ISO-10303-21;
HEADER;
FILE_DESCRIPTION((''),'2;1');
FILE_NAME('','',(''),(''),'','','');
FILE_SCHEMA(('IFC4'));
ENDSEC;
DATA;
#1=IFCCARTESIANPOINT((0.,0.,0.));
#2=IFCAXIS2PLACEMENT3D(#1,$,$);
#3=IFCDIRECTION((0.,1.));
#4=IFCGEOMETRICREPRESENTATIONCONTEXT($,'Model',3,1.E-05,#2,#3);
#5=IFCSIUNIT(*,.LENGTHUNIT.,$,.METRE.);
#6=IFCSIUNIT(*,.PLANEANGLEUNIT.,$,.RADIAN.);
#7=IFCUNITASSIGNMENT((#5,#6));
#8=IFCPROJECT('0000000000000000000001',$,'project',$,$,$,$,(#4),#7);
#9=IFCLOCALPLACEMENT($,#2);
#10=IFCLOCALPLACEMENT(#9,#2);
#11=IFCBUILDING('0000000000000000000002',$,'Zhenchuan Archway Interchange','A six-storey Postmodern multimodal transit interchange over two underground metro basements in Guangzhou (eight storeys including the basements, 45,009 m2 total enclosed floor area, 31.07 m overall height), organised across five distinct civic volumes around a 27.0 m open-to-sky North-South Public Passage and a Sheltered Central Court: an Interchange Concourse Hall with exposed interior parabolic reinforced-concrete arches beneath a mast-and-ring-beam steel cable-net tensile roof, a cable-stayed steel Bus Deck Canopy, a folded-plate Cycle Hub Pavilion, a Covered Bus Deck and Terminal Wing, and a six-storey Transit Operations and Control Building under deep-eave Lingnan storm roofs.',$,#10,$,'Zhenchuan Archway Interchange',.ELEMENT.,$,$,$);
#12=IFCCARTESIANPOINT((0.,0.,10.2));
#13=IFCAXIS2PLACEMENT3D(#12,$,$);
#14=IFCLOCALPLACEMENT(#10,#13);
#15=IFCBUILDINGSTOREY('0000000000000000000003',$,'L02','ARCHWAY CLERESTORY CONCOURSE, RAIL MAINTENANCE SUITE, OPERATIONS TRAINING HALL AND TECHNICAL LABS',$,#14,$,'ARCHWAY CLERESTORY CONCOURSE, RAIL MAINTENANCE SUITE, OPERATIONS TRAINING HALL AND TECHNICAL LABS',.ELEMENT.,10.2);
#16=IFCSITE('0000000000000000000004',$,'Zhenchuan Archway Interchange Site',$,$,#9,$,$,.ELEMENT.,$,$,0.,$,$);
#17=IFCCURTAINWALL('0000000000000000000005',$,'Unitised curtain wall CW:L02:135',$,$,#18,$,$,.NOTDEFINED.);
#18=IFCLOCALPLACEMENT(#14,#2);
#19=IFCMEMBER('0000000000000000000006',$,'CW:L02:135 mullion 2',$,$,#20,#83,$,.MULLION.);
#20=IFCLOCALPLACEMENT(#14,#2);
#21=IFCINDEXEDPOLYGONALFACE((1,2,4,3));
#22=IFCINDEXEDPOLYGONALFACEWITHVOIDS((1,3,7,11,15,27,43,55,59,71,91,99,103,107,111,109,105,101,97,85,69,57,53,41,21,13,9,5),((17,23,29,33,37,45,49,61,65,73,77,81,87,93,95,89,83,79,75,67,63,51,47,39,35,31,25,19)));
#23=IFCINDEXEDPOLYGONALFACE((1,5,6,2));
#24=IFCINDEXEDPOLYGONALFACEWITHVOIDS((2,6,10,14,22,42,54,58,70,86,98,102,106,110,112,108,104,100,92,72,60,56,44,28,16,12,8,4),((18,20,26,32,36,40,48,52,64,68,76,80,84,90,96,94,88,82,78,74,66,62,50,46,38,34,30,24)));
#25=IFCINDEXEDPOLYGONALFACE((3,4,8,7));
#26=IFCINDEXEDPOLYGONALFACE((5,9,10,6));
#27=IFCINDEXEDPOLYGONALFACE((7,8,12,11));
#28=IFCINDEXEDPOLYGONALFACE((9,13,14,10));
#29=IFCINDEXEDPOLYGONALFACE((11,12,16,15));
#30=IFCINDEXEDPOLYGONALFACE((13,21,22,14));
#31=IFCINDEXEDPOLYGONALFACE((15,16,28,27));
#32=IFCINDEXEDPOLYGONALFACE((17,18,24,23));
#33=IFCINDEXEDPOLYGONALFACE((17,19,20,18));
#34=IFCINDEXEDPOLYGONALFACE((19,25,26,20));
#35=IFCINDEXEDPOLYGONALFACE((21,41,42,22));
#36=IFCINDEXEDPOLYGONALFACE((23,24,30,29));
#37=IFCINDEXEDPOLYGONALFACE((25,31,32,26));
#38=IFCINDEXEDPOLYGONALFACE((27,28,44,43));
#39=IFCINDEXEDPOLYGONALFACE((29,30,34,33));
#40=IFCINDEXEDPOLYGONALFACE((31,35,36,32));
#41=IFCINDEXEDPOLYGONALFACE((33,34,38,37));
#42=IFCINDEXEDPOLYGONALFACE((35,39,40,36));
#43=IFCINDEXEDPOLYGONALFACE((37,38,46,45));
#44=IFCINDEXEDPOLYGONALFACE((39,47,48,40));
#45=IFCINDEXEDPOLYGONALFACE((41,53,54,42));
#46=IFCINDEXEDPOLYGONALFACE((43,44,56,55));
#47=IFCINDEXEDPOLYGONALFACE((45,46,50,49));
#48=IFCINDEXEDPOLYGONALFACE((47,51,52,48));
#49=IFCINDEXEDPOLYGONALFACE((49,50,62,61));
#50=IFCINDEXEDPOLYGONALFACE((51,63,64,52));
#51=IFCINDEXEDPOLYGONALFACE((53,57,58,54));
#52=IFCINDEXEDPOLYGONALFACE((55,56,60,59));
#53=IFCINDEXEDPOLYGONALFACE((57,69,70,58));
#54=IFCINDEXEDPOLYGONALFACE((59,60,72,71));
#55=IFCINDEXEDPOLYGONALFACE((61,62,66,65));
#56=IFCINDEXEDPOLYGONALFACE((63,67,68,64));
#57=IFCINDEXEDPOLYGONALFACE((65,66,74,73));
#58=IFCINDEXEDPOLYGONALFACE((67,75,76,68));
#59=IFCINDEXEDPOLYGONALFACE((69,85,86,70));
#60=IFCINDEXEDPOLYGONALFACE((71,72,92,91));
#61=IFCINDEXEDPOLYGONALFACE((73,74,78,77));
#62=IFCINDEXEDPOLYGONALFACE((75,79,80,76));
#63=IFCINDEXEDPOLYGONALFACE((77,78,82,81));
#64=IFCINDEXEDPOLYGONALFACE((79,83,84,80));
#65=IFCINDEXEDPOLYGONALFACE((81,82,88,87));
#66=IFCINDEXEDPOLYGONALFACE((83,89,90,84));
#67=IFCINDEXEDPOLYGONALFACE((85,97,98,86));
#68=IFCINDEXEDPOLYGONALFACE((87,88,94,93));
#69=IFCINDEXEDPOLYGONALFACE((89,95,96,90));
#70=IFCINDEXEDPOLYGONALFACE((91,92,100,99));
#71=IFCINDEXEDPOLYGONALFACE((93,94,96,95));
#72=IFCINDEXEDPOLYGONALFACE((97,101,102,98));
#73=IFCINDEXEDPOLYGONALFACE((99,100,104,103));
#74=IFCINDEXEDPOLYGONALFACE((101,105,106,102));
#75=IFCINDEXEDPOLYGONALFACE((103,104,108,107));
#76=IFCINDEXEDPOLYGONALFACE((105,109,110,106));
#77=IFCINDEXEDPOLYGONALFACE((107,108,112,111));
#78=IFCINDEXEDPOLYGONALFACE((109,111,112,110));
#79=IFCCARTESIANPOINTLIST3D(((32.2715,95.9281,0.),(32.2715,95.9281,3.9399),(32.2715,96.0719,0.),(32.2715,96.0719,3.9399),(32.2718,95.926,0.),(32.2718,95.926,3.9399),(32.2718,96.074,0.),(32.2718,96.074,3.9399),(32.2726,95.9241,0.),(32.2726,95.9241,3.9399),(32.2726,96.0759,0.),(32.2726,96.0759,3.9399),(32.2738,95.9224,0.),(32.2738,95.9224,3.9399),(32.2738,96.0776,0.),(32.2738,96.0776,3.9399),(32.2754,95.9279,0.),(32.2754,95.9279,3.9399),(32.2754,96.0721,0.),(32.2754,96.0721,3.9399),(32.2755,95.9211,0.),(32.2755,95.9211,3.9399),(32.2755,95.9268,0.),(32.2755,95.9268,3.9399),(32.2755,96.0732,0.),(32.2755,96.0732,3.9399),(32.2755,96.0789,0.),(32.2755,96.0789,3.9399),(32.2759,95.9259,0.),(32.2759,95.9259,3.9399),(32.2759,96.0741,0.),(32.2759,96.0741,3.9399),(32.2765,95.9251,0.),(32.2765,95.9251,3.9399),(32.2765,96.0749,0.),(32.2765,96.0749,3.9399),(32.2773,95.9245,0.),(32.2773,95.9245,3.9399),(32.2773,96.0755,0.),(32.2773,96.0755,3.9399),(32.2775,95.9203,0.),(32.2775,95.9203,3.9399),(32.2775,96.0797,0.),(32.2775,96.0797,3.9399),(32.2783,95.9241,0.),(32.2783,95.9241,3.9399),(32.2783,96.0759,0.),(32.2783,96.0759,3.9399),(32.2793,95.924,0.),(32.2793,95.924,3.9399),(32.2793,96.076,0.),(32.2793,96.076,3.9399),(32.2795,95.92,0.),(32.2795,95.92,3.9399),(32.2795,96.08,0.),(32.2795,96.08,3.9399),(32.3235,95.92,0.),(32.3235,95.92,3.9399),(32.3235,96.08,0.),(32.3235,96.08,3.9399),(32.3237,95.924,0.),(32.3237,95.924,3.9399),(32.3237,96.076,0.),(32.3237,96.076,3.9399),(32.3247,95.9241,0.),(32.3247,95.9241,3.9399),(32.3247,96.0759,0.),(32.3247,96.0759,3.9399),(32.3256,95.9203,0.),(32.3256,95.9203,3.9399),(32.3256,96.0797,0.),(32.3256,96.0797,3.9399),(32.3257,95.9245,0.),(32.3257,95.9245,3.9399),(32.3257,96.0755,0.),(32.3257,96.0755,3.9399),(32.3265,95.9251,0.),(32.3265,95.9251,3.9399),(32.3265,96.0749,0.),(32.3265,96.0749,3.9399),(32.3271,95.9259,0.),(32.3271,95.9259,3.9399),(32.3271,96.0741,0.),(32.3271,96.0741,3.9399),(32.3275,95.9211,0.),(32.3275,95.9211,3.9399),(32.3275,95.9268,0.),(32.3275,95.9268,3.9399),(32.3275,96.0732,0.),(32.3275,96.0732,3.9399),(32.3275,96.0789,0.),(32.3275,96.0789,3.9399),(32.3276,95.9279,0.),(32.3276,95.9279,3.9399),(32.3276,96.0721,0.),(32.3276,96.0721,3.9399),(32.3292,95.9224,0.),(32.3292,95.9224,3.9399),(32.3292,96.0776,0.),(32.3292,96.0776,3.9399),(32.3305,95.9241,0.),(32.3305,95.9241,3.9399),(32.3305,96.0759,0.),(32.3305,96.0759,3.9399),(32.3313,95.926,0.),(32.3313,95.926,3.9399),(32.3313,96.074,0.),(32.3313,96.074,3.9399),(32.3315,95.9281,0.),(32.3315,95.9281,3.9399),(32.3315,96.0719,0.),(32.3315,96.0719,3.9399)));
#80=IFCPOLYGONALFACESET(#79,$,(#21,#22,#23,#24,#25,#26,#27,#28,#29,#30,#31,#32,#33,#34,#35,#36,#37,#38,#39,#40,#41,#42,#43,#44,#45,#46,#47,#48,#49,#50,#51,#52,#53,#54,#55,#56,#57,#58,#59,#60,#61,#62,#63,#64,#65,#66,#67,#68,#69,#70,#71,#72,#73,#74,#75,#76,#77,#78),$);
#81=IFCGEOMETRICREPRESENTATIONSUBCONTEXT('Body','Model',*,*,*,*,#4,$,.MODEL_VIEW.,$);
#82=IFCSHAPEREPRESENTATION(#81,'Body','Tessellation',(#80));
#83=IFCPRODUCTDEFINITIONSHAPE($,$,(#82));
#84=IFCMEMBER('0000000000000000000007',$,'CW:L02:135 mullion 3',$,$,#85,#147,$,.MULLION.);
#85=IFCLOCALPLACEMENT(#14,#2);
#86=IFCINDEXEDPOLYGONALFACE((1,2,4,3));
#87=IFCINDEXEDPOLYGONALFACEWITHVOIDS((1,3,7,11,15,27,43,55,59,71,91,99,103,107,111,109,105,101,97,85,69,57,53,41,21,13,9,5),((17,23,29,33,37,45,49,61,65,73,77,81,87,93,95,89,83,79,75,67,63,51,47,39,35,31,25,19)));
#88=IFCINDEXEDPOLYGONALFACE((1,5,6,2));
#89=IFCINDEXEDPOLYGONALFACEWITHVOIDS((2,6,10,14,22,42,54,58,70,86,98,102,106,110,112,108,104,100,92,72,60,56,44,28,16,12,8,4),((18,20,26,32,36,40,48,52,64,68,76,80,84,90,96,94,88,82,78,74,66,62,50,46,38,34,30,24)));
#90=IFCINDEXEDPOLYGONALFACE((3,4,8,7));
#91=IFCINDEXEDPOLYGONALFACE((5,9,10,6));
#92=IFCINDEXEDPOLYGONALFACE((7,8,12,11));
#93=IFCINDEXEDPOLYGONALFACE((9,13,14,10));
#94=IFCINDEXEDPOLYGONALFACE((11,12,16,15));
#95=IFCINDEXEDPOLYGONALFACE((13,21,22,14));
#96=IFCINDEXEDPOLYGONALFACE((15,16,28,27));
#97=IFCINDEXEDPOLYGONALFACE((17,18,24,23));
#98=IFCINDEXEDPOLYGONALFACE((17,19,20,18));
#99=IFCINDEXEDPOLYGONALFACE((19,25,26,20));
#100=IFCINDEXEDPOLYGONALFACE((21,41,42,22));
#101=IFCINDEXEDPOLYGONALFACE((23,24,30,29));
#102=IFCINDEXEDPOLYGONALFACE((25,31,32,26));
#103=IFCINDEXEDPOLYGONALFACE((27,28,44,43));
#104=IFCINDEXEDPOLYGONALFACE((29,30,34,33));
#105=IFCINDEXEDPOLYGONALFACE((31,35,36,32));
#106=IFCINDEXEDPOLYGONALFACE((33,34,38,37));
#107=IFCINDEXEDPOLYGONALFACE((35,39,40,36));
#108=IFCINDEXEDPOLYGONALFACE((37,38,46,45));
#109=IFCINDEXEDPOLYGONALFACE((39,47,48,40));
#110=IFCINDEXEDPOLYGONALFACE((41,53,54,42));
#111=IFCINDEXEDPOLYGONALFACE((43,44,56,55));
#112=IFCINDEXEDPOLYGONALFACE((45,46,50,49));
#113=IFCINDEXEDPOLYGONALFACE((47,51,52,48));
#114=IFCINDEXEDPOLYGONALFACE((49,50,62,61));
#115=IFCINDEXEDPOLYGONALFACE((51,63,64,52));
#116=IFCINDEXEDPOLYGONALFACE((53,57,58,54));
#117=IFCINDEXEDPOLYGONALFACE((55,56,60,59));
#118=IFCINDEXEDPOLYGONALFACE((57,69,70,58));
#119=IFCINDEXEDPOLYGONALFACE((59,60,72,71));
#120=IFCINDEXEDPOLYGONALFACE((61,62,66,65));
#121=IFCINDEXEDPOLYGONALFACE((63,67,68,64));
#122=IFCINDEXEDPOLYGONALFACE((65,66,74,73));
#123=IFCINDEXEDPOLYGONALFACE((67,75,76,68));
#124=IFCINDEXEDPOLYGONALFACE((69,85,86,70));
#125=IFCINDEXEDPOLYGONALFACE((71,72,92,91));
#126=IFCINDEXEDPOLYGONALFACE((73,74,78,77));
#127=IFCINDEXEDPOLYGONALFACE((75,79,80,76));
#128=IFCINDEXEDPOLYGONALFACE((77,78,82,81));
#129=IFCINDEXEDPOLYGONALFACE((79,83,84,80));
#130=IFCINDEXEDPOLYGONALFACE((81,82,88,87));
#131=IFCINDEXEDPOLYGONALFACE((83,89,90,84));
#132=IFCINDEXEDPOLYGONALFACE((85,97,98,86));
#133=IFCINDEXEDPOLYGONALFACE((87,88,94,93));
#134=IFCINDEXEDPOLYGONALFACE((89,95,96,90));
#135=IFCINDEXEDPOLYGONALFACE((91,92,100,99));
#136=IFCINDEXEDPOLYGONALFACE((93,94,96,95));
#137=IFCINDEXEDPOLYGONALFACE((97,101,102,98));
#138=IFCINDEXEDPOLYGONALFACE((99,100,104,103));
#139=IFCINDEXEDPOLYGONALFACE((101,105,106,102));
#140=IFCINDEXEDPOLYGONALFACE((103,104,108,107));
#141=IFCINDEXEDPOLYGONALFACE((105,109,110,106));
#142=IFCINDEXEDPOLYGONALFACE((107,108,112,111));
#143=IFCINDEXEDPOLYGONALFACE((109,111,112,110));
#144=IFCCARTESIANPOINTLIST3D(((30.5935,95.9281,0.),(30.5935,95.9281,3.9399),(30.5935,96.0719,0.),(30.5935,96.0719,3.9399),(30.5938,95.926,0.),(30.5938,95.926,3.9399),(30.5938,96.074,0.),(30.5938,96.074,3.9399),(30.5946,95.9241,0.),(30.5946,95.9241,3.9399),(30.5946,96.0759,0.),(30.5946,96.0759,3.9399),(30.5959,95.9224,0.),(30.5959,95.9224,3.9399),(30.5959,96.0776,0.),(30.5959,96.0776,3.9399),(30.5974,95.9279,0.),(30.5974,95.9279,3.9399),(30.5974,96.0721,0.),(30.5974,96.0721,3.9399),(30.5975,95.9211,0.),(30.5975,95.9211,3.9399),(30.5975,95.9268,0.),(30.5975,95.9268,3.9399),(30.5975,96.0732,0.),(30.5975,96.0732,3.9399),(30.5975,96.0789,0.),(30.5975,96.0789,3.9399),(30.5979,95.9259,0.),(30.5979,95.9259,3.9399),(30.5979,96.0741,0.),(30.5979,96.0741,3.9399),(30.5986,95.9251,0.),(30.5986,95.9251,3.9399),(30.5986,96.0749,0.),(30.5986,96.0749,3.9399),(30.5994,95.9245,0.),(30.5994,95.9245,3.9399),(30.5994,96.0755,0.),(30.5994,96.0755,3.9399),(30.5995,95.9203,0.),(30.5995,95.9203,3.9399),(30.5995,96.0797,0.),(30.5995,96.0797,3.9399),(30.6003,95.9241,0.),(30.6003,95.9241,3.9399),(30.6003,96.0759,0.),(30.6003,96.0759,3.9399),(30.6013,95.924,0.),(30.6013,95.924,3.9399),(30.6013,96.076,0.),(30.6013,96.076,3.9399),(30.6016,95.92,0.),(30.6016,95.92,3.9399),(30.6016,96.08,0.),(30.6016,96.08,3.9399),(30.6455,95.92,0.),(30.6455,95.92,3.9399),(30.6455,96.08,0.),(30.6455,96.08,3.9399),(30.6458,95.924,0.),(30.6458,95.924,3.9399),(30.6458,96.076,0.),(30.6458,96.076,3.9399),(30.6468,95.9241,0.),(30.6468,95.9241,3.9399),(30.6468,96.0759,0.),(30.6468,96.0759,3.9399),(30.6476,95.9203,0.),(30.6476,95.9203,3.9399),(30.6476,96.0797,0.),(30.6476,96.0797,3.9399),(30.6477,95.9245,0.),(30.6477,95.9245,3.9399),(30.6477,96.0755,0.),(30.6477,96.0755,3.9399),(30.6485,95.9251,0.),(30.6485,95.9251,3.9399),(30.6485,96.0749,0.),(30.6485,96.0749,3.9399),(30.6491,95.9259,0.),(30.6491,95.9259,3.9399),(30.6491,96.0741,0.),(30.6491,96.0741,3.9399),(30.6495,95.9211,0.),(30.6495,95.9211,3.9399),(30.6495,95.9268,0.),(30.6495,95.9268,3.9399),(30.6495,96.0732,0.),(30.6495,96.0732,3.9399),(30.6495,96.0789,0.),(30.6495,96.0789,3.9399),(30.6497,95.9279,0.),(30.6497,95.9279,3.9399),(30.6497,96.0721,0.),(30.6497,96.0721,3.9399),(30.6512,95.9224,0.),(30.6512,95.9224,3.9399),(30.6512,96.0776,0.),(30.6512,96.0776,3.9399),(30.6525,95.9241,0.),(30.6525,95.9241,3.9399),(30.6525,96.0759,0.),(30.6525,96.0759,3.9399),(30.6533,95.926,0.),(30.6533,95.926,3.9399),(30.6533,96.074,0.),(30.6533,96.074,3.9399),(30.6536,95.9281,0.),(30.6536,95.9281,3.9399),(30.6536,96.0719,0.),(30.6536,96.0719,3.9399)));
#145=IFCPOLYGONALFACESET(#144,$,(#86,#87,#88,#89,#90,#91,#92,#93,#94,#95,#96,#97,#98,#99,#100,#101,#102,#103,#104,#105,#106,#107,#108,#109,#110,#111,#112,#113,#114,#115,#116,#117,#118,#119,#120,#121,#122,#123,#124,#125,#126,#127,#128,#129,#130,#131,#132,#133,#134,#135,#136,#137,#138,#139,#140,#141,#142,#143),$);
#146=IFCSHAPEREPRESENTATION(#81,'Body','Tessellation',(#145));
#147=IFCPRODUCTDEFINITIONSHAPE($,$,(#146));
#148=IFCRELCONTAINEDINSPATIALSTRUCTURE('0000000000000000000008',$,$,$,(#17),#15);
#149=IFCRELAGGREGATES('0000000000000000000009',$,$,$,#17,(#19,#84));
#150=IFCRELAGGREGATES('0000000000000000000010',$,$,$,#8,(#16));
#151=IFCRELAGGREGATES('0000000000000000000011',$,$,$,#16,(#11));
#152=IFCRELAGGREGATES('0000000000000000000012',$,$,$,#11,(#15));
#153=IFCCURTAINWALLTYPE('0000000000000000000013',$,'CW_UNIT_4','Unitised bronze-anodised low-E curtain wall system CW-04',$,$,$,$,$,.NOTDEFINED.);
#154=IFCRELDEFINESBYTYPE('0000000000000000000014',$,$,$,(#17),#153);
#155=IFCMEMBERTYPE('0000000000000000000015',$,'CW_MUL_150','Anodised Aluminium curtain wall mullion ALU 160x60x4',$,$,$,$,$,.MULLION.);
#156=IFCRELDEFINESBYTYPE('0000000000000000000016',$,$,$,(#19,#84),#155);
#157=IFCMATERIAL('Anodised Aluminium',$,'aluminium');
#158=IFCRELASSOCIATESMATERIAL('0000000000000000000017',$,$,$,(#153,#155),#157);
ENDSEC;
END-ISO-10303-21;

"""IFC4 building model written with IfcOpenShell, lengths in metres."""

from ifc_helpers import new_model, si_unit, direction, frame, origin, origin_2d, place, context, subcontext, project, spatial, hollow_rectangle, extrude, material, material_profile, profile_set, type_object, element, aggregate, save


model = new_model("IFC4")

# Units and contexts
model_context = context("Model", 3, precision=1e-05, world=origin(), true_north=direction((0.0, 1.0)))
body_context = subcontext(model_context, "Body", "Model", "MODEL_VIEW")
ifc_project = project(units=[si_unit("LENGTHUNIT", "METRE"), si_unit("PLANEANGLEUNIT", "RADIAN")], contexts=[model_context])

# Site, building, storey
site_placement = place(None, origin())
site = spatial("IfcSite", under=ifc_project, at=site_placement, Name="Zhenchuan Archway Interchange Site", CompositionType="ELEMENT", RefElevation=0.0)
building_placement = place(site_placement, origin())
building = spatial("IfcBuilding", under=site, at=building_placement, Name="Zhenchuan Archway Interchange", Description="A six-storey Postmodern multimodal transit interchange over two underground metro basements in Guangzhou (eight storeys including the basements, 45,009 m2 total enclosed floor area, 31.07 m overall height), organised across five distinct civic volumes around a 27.0 m open-to-sky North-South Public Passage and a Sheltered Central Court: an Interchange Concourse Hall with exposed interior parabolic reinforced-concrete arches beneath a mast-and-ring-beam steel cable-net tensile roof, a cable-stayed steel Bus Deck Canopy, a folded-plate Cycle Hub Pavilion, a Covered Bus Deck and Terminal Wing, and a six-storey Transit Operations and Control Building under deep-eave Lingnan storm roofs.", LongName="Zhenchuan Archway Interchange", CompositionType="ELEMENT")
storey_placement = place(building_placement, frame((0.0, 0.0, 10.2)))
storey = spatial("IfcBuildingStorey", under=building, at=storey_placement, Name="L02", Description="ARCHWAY CLERESTORY CONCOURSE, RAIL MAINTENANCE SUITE, OPERATIONS TRAINING HALL AND TECHNICAL LABS", LongName="ARCHWAY CLERESTORY CONCOURSE, RAIL MAINTENANCE SUITE, OPERATIONS TRAINING HALL AND TECHNICAL LABS", CompositionType="ELEMENT", Elevation=10.2)

# Curtain wall, members
ifc_material_1 = material(Name="Anodised Aluminium", Category="aluminium")
curtain_wall_type = type_object("IfcCurtainWallType", Name="CW_UNIT_4", Description="Unitised bronze-anodised low-E curtain wall system CW-04", PredefinedType="NOTDEFINED", material=ifc_material_1)
curtain_wall_placement = place(storey_placement, origin())
curtain_wall = element("IfcCurtainWall", 1, at=curtain_wall_placement, inside=storey, type_object=curtain_wall_type, Name="Unitised curtain wall CW:L02:135", PredefinedType="NOTDEFINED")
ifc_material_profile_1 = material_profile(ifc_material_1, hollow_rectangle(XDim=0.0601, YDim=0.1599, WallThickness=0.0039, InnerFilletRadius=0.0039, OuterFilletRadius=0.0081, at=origin_2d()), Name="ALU 160x60x4")
ifc_profile_set_1 = profile_set([ifc_material_profile_1], Name="Anodised Aluminium")
member_type_1 = type_object("IfcMemberType", Name="CW_MUL_150", Description="Anodised Aluminium curtain wall mullion ALU 160x60x4", PredefinedType="MULLION", material=ifc_profile_set_1)
member_1_placement = place(storey_placement, frame((32.3015, 96.0, 0.0), z_axis=(0.0, 0.0, 1.0), x_axis=(1.0, 0.0, 0.0)))
member_1 = element("IfcMember", 2, at=member_1_placement, type_object=member_type_1, Name="CW:L02:135 mullion 2", PredefinedType="MULLION", context=body_context, shape_type="SweptSolid", body=[
    extrude(hollow_rectangle(XDim=0.0601, YDim=0.1599, WallThickness=0.0039, InnerFilletRadius=0.0039, OuterFilletRadius=0.0081, at=origin_2d()), origin(), (0.0, 0.0, 1.0), 3.9399),
])
member_2_placement = place(storey_placement, frame((30.6235, 96.0, 0.0), z_axis=(0.0, 0.0, 1.0), x_axis=(1.0, 0.0, 0.0)))
member_2 = element("IfcMember", 3, at=member_2_placement, type_object=member_type_1, Name="CW:L02:135 mullion 3", PredefinedType="MULLION", context=body_context, shape_type="SweptSolid", body=[
    extrude(hollow_rectangle(XDim=0.0601, YDim=0.1599, WallThickness=0.0039, InnerFilletRadius=0.0039, OuterFilletRadius=0.0081, at=origin_2d()), origin(), (0.0, 0.0, 1.0), 3.9399),
])
aggregate(curtain_wall, [member_1, member_2])

save(model, "model.ifc")
